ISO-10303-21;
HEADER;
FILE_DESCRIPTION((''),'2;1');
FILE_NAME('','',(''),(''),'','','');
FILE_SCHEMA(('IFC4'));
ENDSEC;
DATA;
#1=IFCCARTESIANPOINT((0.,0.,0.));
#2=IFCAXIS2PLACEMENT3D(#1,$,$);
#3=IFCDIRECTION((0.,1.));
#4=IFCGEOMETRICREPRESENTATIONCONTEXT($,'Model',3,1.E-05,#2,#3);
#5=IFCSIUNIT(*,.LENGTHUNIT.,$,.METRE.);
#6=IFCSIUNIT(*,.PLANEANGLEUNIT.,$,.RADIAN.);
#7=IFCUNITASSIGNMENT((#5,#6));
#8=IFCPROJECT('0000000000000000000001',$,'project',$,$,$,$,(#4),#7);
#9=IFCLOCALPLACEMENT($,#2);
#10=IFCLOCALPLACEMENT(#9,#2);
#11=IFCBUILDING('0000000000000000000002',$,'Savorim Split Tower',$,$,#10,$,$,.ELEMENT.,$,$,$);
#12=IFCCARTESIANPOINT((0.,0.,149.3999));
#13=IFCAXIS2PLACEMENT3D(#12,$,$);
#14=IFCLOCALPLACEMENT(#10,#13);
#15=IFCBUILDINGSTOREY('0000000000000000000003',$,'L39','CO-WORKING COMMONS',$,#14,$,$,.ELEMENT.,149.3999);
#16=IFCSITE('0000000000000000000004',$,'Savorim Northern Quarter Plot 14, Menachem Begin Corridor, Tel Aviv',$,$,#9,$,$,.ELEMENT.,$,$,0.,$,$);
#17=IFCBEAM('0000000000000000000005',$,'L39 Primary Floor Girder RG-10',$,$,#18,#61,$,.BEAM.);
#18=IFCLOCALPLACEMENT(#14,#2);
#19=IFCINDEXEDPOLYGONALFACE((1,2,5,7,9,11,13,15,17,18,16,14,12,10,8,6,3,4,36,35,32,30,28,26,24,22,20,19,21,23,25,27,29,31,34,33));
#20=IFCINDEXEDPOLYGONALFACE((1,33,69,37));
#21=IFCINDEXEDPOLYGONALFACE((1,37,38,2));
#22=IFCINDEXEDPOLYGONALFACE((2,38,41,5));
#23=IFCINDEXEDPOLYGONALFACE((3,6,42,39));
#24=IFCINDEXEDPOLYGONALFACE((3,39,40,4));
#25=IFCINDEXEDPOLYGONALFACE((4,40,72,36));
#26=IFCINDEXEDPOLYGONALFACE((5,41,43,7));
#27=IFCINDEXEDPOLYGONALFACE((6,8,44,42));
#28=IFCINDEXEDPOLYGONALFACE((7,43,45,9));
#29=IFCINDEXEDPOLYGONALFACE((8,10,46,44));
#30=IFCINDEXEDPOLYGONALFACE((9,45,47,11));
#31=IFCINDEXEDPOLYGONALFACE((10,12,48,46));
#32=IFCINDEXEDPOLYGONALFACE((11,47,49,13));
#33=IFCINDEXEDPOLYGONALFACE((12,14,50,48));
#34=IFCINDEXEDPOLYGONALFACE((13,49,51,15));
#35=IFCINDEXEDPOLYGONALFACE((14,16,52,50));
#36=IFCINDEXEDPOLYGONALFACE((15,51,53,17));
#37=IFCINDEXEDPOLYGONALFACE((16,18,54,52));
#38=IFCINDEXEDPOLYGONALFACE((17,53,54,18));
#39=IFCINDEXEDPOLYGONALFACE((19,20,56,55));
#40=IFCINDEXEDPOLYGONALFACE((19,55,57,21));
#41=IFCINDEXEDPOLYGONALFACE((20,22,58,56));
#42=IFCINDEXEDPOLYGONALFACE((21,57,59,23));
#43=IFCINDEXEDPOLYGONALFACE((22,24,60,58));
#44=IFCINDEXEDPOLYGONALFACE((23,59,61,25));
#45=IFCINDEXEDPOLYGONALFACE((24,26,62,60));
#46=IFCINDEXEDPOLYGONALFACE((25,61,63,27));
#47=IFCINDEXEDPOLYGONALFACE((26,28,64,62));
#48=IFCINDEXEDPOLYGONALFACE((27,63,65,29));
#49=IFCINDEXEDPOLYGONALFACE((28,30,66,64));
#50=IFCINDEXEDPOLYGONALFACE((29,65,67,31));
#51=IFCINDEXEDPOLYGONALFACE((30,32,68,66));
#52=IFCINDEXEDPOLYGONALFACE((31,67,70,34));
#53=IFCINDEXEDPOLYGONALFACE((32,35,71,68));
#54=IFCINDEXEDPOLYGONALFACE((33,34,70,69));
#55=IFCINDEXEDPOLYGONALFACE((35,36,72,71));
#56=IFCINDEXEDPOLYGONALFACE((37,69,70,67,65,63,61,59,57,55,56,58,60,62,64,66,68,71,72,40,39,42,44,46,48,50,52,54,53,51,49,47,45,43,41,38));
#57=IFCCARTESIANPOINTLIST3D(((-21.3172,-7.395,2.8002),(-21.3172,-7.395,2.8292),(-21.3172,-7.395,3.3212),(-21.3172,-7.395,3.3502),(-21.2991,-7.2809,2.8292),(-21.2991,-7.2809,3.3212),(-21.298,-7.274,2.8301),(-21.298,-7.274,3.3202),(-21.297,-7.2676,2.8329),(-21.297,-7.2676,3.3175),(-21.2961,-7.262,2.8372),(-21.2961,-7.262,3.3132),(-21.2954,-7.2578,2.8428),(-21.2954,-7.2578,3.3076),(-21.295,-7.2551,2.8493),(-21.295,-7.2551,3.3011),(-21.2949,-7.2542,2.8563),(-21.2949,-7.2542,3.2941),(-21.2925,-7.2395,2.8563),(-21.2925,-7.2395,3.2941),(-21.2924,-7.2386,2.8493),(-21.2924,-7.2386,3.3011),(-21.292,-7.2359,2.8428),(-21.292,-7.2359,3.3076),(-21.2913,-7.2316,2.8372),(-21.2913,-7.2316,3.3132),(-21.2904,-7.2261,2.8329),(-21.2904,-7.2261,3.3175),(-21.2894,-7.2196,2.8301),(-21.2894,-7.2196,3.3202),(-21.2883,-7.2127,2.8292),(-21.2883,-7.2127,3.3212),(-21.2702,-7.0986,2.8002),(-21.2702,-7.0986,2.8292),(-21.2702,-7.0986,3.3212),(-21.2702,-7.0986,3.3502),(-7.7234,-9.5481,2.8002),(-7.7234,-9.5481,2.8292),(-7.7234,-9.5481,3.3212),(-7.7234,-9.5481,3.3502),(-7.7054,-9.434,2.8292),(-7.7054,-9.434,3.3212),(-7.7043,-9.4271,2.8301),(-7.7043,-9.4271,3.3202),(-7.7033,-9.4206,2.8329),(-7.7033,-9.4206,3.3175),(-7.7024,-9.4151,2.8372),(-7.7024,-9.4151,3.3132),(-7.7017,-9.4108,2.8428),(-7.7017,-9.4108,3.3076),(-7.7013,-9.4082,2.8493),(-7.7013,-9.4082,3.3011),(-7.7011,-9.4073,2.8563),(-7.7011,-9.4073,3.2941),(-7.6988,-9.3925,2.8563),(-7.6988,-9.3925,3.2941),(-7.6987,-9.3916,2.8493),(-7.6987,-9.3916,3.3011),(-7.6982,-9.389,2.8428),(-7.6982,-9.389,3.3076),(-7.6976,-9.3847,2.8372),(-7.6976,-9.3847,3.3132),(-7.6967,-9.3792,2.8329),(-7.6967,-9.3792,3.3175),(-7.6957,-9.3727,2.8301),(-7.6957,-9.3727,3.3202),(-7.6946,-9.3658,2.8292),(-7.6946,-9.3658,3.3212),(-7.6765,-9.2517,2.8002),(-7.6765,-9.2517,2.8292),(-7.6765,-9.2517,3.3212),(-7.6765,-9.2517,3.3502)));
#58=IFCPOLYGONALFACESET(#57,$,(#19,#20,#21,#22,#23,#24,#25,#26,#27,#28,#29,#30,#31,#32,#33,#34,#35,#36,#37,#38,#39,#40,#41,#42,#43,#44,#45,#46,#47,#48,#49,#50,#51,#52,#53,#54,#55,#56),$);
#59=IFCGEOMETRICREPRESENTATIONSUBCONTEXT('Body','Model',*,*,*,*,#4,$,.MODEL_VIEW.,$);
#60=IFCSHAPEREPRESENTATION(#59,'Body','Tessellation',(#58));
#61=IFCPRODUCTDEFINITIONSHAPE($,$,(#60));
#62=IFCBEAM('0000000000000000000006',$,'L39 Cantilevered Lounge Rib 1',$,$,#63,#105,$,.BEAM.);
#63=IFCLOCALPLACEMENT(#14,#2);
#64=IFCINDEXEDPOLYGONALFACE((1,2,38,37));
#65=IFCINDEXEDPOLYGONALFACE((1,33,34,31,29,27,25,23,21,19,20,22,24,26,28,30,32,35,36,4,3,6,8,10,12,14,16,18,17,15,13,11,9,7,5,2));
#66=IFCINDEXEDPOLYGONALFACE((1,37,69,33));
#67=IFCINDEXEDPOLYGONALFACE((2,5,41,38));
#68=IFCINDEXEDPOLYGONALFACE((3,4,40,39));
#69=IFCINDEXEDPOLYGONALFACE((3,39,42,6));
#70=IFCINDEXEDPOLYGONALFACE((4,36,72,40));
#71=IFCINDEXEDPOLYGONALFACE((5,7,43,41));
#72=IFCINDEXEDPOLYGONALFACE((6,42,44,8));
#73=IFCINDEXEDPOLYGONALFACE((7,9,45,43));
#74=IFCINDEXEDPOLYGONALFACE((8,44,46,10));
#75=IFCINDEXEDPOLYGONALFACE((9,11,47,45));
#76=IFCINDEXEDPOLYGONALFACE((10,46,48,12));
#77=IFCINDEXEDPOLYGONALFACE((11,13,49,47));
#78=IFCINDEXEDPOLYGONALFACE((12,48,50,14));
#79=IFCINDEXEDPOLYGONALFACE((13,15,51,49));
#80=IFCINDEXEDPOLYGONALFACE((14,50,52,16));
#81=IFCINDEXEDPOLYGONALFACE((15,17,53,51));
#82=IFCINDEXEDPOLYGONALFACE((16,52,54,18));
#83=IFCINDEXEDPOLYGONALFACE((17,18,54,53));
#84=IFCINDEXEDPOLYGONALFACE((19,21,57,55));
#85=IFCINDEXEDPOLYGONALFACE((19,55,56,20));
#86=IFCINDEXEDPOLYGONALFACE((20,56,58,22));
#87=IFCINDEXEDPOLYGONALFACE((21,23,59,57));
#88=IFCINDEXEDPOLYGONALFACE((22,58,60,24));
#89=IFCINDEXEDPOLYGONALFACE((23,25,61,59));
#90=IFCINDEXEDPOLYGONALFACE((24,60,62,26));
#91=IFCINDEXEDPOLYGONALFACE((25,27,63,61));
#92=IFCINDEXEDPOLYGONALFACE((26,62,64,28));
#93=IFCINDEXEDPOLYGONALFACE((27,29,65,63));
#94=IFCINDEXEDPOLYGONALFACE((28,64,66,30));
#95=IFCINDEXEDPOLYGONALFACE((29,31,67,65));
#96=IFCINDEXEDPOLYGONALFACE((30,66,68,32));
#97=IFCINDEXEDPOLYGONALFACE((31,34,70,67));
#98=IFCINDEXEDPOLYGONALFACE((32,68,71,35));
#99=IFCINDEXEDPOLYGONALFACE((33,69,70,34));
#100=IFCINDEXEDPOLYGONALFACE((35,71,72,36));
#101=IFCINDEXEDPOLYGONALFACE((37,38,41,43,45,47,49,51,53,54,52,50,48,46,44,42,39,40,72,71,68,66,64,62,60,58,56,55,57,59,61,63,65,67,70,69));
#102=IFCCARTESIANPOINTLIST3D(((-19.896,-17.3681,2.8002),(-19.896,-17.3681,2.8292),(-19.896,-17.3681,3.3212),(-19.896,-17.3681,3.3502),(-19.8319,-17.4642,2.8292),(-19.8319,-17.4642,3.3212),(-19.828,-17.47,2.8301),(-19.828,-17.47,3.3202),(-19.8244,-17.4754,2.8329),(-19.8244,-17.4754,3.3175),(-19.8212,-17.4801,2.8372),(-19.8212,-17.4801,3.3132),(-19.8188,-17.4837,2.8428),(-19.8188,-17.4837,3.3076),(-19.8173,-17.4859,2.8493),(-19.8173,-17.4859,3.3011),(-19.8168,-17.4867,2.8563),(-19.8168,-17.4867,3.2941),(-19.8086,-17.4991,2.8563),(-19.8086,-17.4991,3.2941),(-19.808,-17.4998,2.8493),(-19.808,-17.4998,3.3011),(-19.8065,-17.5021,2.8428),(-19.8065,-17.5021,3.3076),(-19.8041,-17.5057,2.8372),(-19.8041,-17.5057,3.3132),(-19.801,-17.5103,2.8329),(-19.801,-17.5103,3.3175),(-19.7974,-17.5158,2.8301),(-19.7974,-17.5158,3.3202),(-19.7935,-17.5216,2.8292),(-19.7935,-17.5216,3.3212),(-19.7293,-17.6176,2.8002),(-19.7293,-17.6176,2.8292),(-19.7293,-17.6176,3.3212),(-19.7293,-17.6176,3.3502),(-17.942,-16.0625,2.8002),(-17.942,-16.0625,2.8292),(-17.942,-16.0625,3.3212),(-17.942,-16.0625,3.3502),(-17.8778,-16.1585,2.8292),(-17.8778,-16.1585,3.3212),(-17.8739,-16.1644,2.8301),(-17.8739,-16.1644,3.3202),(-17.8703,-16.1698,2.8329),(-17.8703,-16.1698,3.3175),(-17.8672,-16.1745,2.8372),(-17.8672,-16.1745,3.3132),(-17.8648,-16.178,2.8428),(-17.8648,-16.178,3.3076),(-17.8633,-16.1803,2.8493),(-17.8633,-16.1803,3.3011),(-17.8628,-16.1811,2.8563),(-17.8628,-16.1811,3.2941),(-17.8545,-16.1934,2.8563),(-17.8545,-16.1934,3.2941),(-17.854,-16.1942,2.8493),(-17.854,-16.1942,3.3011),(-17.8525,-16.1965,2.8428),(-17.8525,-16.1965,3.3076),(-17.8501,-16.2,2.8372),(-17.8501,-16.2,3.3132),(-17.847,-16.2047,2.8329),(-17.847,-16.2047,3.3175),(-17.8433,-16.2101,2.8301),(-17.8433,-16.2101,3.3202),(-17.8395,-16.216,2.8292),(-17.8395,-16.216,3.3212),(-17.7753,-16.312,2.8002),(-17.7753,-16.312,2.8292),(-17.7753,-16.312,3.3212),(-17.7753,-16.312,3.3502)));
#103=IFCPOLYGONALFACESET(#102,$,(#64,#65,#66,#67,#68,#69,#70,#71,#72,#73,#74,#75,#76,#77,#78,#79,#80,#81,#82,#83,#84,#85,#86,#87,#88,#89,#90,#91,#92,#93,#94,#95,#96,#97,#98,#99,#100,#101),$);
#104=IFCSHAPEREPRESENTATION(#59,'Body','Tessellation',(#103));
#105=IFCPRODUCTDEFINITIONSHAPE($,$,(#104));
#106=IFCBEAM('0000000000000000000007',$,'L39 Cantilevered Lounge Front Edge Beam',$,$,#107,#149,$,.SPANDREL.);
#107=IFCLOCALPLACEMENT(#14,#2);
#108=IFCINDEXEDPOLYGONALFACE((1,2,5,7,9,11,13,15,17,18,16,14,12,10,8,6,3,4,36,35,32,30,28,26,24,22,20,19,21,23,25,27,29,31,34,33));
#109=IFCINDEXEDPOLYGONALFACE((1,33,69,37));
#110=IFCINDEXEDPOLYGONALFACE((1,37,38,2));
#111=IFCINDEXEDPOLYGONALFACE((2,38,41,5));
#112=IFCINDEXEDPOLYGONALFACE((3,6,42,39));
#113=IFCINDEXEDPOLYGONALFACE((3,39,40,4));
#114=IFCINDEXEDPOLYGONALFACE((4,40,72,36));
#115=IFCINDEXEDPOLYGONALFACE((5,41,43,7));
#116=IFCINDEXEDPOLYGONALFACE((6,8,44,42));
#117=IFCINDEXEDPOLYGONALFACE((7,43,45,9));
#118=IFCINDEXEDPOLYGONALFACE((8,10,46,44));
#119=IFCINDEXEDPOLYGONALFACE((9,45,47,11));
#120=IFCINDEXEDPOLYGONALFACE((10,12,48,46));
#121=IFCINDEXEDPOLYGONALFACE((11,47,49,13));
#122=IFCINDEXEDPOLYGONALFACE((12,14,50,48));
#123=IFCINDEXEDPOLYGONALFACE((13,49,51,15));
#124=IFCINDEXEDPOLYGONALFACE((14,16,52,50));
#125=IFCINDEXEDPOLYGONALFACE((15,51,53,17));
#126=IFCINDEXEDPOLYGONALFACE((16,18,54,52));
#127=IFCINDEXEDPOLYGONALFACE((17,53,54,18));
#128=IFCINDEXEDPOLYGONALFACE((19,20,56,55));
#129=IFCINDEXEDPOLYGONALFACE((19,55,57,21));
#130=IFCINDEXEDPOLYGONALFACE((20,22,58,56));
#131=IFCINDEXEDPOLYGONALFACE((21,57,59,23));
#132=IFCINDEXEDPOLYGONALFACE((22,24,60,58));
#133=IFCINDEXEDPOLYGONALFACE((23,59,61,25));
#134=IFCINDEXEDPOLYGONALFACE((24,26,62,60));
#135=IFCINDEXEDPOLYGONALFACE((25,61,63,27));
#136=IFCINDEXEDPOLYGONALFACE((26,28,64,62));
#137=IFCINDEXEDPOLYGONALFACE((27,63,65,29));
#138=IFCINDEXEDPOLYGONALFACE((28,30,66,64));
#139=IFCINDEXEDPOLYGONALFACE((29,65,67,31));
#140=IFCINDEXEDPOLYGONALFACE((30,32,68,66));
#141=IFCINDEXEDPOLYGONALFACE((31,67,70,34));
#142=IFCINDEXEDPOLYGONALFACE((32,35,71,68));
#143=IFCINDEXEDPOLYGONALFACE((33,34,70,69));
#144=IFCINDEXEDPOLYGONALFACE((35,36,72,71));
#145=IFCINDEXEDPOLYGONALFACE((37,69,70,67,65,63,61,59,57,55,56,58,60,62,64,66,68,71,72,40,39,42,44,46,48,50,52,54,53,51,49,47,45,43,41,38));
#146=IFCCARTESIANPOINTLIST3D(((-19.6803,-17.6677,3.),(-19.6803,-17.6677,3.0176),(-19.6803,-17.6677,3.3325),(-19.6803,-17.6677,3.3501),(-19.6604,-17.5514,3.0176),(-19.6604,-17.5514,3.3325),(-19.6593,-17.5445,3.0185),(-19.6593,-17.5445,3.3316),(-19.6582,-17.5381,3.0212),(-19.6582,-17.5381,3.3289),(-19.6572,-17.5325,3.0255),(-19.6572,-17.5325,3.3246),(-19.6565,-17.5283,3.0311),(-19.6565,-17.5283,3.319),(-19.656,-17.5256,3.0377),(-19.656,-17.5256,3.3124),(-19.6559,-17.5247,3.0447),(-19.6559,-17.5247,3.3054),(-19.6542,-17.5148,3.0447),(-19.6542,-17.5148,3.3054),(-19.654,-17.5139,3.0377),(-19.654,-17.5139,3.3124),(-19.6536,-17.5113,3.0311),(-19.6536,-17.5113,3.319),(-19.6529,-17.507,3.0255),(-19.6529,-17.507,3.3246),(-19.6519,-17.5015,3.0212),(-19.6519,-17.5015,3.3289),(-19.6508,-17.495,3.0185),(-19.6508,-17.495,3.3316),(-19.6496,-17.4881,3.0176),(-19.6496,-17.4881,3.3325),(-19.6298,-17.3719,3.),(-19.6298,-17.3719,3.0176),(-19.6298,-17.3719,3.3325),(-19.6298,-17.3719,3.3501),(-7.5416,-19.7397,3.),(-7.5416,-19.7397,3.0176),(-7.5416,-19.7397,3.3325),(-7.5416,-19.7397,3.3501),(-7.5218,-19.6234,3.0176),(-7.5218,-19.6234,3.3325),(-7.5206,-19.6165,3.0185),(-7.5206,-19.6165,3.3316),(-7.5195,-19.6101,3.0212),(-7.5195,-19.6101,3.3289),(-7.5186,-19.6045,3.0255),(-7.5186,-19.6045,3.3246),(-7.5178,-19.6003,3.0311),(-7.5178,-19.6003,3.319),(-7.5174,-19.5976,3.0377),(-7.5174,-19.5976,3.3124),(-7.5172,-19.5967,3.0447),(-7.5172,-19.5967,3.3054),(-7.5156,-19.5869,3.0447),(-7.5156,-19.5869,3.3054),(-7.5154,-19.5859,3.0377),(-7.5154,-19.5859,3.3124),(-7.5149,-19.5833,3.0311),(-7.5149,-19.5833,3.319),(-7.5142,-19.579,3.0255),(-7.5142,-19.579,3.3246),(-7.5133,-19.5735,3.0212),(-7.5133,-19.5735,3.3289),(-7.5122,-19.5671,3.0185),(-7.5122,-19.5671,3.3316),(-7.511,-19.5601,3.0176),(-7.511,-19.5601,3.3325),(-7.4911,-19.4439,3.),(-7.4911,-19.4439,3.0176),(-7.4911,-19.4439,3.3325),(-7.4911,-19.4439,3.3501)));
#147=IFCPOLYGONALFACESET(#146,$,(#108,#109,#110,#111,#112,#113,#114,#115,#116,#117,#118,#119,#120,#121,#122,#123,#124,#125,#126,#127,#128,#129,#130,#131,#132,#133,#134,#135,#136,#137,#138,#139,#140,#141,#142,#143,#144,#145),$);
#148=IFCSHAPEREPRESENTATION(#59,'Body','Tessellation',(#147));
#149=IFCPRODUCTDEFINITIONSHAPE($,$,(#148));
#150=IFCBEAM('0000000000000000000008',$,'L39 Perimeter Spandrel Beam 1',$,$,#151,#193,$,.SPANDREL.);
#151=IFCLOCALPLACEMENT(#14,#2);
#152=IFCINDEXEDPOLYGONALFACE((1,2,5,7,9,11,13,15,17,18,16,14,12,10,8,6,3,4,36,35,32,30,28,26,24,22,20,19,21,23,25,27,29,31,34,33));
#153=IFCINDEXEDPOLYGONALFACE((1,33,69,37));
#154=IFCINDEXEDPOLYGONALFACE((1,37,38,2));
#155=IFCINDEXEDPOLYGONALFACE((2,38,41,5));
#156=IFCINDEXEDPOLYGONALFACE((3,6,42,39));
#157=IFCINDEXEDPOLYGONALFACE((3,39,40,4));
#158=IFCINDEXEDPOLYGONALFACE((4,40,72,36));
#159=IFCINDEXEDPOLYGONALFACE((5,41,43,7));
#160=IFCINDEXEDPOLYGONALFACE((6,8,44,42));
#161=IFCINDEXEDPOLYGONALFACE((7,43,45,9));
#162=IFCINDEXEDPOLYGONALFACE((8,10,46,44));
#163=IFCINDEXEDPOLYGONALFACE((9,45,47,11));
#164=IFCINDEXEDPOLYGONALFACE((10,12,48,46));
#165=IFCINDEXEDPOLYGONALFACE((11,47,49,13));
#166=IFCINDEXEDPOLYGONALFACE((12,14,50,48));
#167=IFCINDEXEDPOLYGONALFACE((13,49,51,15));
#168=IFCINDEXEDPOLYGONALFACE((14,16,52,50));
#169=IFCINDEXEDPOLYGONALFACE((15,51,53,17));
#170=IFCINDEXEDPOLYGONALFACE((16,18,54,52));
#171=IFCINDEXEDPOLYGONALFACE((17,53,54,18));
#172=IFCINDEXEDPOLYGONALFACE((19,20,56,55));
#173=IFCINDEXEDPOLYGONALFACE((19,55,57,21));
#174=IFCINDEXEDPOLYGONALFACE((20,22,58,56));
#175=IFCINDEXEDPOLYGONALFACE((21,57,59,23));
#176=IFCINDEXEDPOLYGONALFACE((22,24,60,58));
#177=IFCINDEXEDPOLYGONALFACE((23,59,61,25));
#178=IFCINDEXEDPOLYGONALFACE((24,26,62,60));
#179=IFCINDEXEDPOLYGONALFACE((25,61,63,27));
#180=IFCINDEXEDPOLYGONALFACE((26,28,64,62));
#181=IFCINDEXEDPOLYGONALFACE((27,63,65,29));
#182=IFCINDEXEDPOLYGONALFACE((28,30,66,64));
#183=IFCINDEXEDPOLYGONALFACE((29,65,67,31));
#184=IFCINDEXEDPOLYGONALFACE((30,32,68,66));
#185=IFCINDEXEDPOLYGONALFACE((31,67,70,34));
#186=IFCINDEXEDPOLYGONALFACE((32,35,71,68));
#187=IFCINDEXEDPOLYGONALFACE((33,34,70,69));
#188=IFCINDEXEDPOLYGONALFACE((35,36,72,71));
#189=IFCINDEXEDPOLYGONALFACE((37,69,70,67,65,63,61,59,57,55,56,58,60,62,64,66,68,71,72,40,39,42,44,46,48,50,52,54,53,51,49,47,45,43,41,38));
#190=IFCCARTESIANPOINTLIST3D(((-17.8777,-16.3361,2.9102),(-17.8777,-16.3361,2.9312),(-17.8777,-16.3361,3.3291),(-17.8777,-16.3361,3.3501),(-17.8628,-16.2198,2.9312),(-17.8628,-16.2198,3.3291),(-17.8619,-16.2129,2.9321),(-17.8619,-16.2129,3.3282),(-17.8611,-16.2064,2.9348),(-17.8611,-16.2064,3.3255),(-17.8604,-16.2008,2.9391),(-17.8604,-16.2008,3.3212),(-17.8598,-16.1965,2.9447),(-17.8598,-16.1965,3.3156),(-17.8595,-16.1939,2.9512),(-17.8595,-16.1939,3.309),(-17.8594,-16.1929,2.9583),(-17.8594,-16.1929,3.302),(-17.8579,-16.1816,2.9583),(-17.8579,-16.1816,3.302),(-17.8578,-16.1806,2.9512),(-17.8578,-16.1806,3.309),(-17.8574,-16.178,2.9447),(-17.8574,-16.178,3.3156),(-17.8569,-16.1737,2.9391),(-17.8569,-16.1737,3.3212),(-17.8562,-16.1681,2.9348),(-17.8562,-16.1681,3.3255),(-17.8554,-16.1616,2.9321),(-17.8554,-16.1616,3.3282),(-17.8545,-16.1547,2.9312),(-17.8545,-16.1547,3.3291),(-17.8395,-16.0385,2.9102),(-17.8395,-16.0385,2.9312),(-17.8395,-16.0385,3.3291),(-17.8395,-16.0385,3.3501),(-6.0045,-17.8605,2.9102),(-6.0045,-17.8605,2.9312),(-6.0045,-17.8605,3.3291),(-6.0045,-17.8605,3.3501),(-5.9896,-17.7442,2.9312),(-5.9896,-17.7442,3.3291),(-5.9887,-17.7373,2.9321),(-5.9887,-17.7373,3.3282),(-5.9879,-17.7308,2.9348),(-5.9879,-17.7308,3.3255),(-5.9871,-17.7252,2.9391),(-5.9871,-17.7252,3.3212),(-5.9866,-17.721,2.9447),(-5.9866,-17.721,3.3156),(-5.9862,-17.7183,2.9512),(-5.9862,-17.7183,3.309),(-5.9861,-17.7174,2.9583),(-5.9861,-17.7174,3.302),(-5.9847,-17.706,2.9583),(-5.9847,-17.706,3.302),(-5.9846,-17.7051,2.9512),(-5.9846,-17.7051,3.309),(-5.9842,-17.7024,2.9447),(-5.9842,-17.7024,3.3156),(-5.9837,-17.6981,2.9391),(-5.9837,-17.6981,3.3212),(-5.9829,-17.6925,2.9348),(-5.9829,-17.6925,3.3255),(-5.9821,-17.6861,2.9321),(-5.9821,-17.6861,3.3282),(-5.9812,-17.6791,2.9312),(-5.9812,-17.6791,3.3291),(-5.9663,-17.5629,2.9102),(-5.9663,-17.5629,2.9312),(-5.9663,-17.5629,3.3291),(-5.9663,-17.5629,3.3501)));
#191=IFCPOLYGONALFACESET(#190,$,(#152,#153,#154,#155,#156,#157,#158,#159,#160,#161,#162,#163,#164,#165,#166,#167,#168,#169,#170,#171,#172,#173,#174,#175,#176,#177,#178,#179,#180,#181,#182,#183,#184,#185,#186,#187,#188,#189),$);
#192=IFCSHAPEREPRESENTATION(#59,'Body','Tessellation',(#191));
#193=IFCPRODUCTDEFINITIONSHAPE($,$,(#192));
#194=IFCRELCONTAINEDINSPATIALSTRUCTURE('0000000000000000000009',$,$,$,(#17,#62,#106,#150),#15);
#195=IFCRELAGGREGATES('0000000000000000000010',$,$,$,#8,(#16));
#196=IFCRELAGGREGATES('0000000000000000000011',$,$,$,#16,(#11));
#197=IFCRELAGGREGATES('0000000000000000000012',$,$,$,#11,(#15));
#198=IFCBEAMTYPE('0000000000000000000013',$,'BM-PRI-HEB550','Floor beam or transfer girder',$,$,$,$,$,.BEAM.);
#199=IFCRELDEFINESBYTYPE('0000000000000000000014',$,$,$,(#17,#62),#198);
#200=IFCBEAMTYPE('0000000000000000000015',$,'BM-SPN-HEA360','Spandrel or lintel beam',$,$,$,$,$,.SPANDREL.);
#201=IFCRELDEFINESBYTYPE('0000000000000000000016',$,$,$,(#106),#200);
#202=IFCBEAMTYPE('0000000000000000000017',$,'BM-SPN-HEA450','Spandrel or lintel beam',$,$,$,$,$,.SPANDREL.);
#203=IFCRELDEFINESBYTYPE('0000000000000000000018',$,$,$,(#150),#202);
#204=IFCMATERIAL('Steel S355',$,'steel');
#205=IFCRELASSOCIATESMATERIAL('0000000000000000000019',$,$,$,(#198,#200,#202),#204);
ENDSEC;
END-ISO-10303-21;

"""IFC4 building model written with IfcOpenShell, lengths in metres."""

from ifc_helpers import new_model, si_unit, direction, frame, origin, origin_2d, place, context, subcontext, project, spatial, i_section, extrude, material, material_profile, profile_set, type_object, element, save


model = new_model("IFC4")

# Units and contexts
model_context = context("Model", 3, precision=1e-05, world=origin(), true_north=direction((0.0, 1.0)))
body_context = subcontext(model_context, "Body", "Model", "MODEL_VIEW")
ifc_project = project(units=[si_unit("LENGTHUNIT", "METRE"), si_unit("PLANEANGLEUNIT", "RADIAN")], contexts=[model_context])

# Site, building, storey
site_placement = place(None, origin())
site = spatial("IfcSite", under=ifc_project, at=site_placement, Name="Savorim Northern Quarter Plot 14, Menachem Begin Corridor, Tel Aviv", CompositionType="ELEMENT", RefElevation=0.0)
building_placement = place(site_placement, origin())
building = spatial("IfcBuilding", under=site, at=building_placement, Name="Savorim Split Tower", CompositionType="ELEMENT")
storey_placement = place(building_placement, frame((0.0, 0.0, 149.3999)))
storey = spatial("IfcBuildingStorey", under=building, at=storey_placement, Name="L39", Description="CO-WORKING COMMONS", CompositionType="ELEMENT", Elevation=149.3999)

# Beams
ifc_material_1 = material(Name="Steel S355", Category="steel")
ifc_material_profile_1 = material_profile(ifc_material_1, i_section(OverallWidth=0.3, OverallDepth=0.55, WebThickness=0.0149, FlangeThickness=0.0291, FilletRadius=0.0271, at=origin_2d()), Name="HEB 550")
ifc_profile_set_1 = profile_set([ifc_material_profile_1], Name="Steel S355")
beam_type_1 = type_object("IfcBeamType", Name="BM-PRI-HEB550", Description="Floor beam or transfer girder", PredefinedType="BEAM", material=ifc_profile_set_1)
beam_1_placement = place(storey_placement, frame((-21.2937, -7.2468, 3.0752), z_axis=(0.987688, -0.156437, 0.0), x_axis=(0.156437, 0.987688, 0.0)))
element("IfcBeam", 1, at=beam_1_placement, inside=storey, type_object=beam_type_1, Name="L39 Primary Floor Girder RG-10", PredefinedType="BEAM", context=body_context, shape_type="SweptSolid", body=[
    extrude(i_section(OverallWidth=0.3, OverallDepth=0.55, WebThickness=0.0149, FlangeThickness=0.0291, FilletRadius=0.0271, at=origin_2d()), origin(), (0.0, 0.0, 1.0), 13.7632),
])
beam_2_placement = place(storey_placement, frame((-17.8586, -16.1873, 3.0752), z_axis=(-0.831474, -0.555563, 0.0), x_axis=(0.555563, -0.831474, 0.0)))
element("IfcBeam", 2, at=beam_2_placement, inside=storey, type_object=beam_type_1, Name="L39 Cantilevered Lounge Rib 1", PredefinedType="BEAM", context=body_context, shape_type="SweptSolid", body=[
    extrude(i_section(OverallWidth=0.3, OverallDepth=0.55, WebThickness=0.0149, FlangeThickness=0.0291, FilletRadius=0.0271, at=origin_2d()), origin(), (0.0, 0.0, 1.0), 2.3501),
])
ifc_material_profile_2 = material_profile(ifc_material_1, i_section(OverallWidth=0.3, OverallDepth=0.3501, WebThickness=0.01, FlangeThickness=0.0176, FilletRadius=0.0271, at=origin_2d()), Name="HEA 360")
ifc_profile_set_2 = profile_set([ifc_material_profile_2], Name="Steel S355")
beam_type_2 = type_object("IfcBeamType", Name="BM-SPN-HEA360", Description="Spandrel or lintel beam", PredefinedType="SPANDREL", material=ifc_profile_set_2)
beam_3_placement = place(storey_placement, frame((-19.655, -17.5198, 3.175), z_axis=(0.985742, -0.168262, 0.0), x_axis=(0.168262, 0.985742, 0.0)))
element("IfcBeam", 3, at=beam_3_placement, inside=storey, type_object=beam_type_2, Name="L39 Cantilevered Lounge Front Edge Beam", PredefinedType="SPANDREL", context=body_context, shape_type="SweptSolid", body=[
    extrude(i_section(OverallWidth=0.3, OverallDepth=0.3501, WebThickness=0.01, FlangeThickness=0.0176, FilletRadius=0.0271, at=origin_2d()), origin(), (0.0, 0.0, 1.0), 12.3142),
])
ifc_material_profile_3 = material_profile(ifc_material_1, i_section(OverallWidth=0.3, OverallDepth=0.4399, WebThickness=0.0115, FlangeThickness=0.021, FilletRadius=0.0271, at=origin_2d()), Name="HEA 450")
ifc_profile_set_3 = profile_set([ifc_material_profile_3], Name="Steel S355")
beam_type_3 = type_object("IfcBeamType", Name="BM-SPN-HEA450", Description="Spandrel or lintel beam", PredefinedType="SPANDREL", material=ifc_profile_set_3)
beam_4_placement = place(storey_placement, frame((-17.8586, -16.1873, 3.1301), z_axis=(0.991858, -0.127345, 0.0), x_axis=(0.127345, 0.991858, 0.0)))
element("IfcBeam", 4, at=beam_4_placement, inside=storey, type_object=beam_type_3, Name="L39 Perimeter Spandrel Beam 1", PredefinedType="SPANDREL", context=body_context, shape_type="SweptSolid", body=[
    extrude(i_section(OverallWidth=0.3, OverallDepth=0.4399, WebThickness=0.0115, FlangeThickness=0.021, FilletRadius=0.0271, at=origin_2d()), origin(), (0.0, 0.0, 1.0), 11.9707),
])

save(model, "model.ifc")
